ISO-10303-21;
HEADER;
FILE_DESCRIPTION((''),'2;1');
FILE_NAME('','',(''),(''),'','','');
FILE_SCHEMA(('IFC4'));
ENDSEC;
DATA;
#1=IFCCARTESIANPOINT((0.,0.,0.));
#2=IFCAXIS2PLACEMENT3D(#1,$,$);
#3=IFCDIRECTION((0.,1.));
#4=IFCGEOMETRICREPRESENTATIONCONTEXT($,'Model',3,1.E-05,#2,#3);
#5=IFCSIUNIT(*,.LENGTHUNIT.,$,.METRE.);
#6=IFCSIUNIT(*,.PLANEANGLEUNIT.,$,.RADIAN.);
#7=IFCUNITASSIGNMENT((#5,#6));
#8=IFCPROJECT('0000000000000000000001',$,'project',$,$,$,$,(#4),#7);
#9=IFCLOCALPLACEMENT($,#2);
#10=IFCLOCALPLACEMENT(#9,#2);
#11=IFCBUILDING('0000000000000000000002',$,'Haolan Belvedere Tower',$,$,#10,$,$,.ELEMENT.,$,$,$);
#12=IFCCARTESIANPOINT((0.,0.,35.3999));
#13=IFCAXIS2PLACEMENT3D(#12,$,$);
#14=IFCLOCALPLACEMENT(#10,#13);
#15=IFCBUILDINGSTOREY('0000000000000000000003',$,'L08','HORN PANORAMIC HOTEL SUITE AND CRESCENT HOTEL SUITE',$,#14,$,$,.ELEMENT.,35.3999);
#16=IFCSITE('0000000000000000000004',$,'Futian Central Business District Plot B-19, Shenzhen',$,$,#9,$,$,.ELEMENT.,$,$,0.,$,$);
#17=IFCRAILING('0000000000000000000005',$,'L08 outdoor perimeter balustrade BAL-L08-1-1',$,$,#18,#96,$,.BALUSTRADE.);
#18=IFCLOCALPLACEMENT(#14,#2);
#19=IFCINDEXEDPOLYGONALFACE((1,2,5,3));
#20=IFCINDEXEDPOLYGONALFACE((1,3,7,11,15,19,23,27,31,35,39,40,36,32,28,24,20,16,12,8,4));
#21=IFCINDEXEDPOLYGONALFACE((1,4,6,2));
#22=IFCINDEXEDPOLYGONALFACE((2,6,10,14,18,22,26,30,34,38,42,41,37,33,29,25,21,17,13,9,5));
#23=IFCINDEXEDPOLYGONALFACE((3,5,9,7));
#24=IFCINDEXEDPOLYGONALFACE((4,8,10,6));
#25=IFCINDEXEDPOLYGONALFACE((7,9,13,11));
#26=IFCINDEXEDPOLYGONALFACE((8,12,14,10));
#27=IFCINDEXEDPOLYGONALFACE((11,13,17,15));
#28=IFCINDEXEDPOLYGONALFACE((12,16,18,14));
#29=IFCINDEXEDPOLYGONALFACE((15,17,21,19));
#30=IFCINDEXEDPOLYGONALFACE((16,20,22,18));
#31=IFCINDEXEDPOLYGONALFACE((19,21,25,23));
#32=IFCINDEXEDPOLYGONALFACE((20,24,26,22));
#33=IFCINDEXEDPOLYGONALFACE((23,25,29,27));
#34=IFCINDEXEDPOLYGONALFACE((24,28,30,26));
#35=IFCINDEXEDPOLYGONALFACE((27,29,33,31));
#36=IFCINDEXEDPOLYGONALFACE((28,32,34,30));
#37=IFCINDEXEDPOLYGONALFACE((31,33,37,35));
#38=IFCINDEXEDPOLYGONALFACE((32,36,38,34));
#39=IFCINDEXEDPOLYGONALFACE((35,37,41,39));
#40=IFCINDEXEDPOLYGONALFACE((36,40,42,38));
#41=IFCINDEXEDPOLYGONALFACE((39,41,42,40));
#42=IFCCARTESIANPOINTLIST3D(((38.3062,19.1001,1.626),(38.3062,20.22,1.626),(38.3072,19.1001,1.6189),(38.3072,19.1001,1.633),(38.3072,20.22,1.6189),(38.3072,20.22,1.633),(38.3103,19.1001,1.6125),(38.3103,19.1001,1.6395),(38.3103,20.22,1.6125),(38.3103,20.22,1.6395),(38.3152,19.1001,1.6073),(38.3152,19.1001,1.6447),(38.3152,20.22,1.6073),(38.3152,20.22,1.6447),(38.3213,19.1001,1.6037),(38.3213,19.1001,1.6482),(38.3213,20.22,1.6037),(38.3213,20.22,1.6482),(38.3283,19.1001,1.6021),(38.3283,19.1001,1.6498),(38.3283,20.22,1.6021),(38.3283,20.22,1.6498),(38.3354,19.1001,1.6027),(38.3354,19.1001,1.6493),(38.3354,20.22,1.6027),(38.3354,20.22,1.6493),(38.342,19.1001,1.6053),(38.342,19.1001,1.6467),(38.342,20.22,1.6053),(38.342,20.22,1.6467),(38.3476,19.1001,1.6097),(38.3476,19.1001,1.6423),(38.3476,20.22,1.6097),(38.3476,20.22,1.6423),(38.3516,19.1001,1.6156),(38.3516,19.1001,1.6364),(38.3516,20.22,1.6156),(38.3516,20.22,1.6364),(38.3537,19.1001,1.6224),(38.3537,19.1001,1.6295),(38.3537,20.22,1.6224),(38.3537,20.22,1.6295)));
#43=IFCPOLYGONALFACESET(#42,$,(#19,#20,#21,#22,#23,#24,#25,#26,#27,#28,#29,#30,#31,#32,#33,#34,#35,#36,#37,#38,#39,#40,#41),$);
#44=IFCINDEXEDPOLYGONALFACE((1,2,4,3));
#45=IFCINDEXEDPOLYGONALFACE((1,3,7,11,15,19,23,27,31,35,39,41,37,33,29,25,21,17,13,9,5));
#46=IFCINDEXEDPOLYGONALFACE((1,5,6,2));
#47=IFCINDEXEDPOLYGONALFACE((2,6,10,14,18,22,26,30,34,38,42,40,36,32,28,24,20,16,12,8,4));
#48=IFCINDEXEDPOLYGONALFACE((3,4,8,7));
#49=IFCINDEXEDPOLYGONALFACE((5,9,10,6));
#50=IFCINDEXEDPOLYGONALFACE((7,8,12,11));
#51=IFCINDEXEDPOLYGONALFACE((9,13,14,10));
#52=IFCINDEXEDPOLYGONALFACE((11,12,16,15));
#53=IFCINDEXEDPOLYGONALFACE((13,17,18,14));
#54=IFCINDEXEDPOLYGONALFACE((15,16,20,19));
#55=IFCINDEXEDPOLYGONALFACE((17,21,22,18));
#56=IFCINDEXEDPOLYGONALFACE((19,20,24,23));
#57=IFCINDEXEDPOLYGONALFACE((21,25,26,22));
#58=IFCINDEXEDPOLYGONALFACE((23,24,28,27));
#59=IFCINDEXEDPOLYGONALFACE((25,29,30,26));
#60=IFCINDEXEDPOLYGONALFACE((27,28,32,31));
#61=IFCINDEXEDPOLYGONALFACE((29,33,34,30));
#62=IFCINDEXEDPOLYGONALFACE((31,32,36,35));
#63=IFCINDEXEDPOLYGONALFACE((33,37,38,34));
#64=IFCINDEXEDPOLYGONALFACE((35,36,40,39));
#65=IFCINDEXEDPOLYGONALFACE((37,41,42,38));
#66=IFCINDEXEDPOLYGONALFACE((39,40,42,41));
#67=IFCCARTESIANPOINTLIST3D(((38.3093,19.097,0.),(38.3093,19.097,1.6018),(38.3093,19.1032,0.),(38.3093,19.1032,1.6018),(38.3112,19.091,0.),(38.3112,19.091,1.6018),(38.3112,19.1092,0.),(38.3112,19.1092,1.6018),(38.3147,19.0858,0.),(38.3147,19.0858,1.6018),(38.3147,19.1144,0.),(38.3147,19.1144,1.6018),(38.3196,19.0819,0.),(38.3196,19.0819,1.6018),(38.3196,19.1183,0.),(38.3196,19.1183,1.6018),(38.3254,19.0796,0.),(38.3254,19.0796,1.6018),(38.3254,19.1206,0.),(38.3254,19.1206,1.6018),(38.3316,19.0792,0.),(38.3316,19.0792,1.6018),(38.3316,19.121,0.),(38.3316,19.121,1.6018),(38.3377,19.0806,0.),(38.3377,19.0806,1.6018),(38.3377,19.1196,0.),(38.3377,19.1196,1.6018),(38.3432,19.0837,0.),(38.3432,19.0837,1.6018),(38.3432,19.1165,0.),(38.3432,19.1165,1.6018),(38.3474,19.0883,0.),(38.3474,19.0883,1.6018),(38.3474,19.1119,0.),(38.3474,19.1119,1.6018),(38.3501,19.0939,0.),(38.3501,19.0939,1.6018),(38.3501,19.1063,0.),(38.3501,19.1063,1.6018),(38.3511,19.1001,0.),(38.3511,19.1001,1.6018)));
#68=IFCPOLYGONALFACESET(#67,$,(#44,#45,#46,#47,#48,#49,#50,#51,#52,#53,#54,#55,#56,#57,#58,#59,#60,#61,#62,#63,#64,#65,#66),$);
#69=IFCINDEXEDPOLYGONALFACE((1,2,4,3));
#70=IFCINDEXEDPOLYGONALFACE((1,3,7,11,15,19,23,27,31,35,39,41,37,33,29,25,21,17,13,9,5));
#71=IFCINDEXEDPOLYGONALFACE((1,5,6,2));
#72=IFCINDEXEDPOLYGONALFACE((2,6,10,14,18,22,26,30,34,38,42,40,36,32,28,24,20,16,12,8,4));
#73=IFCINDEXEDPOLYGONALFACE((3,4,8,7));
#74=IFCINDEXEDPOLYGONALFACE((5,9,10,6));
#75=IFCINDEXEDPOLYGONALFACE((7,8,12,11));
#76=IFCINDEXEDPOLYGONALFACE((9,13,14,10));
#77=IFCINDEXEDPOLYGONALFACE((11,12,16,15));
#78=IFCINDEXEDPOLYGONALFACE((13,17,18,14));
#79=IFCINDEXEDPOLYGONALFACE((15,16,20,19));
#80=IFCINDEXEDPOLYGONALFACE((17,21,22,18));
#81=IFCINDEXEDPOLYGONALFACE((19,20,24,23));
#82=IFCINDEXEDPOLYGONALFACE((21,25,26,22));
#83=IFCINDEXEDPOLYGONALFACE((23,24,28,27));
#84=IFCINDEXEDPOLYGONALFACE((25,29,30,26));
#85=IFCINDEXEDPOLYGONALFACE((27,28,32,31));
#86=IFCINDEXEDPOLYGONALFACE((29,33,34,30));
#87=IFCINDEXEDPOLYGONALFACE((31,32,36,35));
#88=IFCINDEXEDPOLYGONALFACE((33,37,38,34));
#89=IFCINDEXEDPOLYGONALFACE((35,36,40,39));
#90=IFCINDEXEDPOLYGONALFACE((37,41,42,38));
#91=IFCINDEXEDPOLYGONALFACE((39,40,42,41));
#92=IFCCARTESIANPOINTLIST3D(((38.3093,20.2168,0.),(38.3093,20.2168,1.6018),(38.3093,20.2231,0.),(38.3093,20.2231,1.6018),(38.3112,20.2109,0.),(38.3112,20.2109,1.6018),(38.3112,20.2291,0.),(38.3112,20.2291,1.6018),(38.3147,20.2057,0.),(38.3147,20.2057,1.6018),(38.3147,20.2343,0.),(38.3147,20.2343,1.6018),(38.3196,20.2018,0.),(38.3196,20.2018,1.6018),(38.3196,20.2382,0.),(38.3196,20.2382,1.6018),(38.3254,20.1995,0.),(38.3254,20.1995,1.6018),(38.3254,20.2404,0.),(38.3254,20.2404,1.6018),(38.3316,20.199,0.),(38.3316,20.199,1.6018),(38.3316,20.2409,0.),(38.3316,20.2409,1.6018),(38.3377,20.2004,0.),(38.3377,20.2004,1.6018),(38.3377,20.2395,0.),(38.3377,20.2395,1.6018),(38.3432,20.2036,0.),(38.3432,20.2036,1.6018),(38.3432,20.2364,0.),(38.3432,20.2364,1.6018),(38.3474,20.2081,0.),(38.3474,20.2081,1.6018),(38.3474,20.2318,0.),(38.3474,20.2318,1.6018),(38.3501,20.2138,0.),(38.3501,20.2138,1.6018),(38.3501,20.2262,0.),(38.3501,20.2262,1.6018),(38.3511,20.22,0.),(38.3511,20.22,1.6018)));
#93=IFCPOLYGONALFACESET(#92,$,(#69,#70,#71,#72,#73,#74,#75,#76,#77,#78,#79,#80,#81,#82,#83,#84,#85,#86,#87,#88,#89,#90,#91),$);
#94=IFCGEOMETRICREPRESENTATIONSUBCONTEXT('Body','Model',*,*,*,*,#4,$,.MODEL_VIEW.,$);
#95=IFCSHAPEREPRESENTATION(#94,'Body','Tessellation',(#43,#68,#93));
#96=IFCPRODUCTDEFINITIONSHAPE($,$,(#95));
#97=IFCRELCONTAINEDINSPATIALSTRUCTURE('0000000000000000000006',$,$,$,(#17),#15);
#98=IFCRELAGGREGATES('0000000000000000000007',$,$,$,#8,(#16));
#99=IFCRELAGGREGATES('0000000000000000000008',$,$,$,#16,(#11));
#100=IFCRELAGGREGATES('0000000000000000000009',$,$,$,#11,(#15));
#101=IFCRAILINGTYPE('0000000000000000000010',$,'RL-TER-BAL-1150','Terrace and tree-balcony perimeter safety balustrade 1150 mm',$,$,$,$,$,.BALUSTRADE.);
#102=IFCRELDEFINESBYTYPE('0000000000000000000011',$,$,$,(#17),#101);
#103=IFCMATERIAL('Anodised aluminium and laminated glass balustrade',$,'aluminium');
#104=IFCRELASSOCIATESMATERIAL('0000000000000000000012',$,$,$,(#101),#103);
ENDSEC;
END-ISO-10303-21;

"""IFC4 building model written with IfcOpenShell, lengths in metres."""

from ifc_helpers import new_model, si_unit, direction, frame, origin, origin_2d, place, context, subcontext, project, spatial, circle, extrude, material, type_object, element, save


model = new_model("IFC4")

# Units and contexts
model_context = context("Model", 3, precision=1e-05, world=origin(), true_north=direction((0.0, 1.0)))
body_context = subcontext(model_context, "Body", "Model", "MODEL_VIEW")
ifc_project = project(units=[si_unit("LENGTHUNIT", "METRE"), si_unit("PLANEANGLEUNIT", "RADIAN")], contexts=[model_context])

# Site, building, storey
site_placement = place(None, origin())
site = spatial("IfcSite", under=ifc_project, at=site_placement, Name="Futian Central Business District Plot B-19, Shenzhen", CompositionType="ELEMENT", RefElevation=0.0)
building_placement = place(site_placement, origin())
building = spatial("IfcBuilding", under=site, at=building_placement, Name="Haolan Belvedere Tower", CompositionType="ELEMENT")
storey_placement = place(building_placement, frame((0.0, 0.0, 35.3999)))
storey = spatial("IfcBuildingStorey", under=building, at=storey_placement, Name="L08", Description="HORN PANORAMIC HOTEL SUITE AND CRESCENT HOTEL SUITE", CompositionType="ELEMENT", Elevation=35.3999)

# Railing
ifc_material_1 = material(Name="Anodised aluminium and laminated glass balustrade", Category="aluminium")
railing_type = type_object("IfcRailingType", Name="RL-TER-BAL-1150", Description="Terrace and tree-balcony perimeter safety balustrade 1150 mm", PredefinedType="BALUSTRADE", material=ifc_material_1)
railing_1_placement = place(storey_placement, frame((38.3301, 19.1001, 0.0)))
element("IfcRailing", 1, at=railing_1_placement, inside=storey, type_object=railing_type, Name="L08 outdoor perimeter balustrade BAL-L08-1-1", PredefinedType="BALUSTRADE", context=body_context, shape_type="SweptSolid", body=[
    extrude(circle(Radius=0.0239, at=origin_2d()), frame((0.0, 0.0, 1.626), z_axis=(0.0, 1.0, 0.0), x_axis=(-1.0, 0.0, 0.0)), (0.0, 0.0, 1.0), 1.1199),
    extrude(circle(Radius=0.021, at=origin_2d()), origin(), (0.0, 0.0, 1.0), 1.6018),
    extrude(circle(Radius=0.021, at=origin_2d()), frame((0.0, 1.1199, 0.0)), (0.0, 0.0, 1.0), 1.6018),
])

save(model, "model.ifc")
